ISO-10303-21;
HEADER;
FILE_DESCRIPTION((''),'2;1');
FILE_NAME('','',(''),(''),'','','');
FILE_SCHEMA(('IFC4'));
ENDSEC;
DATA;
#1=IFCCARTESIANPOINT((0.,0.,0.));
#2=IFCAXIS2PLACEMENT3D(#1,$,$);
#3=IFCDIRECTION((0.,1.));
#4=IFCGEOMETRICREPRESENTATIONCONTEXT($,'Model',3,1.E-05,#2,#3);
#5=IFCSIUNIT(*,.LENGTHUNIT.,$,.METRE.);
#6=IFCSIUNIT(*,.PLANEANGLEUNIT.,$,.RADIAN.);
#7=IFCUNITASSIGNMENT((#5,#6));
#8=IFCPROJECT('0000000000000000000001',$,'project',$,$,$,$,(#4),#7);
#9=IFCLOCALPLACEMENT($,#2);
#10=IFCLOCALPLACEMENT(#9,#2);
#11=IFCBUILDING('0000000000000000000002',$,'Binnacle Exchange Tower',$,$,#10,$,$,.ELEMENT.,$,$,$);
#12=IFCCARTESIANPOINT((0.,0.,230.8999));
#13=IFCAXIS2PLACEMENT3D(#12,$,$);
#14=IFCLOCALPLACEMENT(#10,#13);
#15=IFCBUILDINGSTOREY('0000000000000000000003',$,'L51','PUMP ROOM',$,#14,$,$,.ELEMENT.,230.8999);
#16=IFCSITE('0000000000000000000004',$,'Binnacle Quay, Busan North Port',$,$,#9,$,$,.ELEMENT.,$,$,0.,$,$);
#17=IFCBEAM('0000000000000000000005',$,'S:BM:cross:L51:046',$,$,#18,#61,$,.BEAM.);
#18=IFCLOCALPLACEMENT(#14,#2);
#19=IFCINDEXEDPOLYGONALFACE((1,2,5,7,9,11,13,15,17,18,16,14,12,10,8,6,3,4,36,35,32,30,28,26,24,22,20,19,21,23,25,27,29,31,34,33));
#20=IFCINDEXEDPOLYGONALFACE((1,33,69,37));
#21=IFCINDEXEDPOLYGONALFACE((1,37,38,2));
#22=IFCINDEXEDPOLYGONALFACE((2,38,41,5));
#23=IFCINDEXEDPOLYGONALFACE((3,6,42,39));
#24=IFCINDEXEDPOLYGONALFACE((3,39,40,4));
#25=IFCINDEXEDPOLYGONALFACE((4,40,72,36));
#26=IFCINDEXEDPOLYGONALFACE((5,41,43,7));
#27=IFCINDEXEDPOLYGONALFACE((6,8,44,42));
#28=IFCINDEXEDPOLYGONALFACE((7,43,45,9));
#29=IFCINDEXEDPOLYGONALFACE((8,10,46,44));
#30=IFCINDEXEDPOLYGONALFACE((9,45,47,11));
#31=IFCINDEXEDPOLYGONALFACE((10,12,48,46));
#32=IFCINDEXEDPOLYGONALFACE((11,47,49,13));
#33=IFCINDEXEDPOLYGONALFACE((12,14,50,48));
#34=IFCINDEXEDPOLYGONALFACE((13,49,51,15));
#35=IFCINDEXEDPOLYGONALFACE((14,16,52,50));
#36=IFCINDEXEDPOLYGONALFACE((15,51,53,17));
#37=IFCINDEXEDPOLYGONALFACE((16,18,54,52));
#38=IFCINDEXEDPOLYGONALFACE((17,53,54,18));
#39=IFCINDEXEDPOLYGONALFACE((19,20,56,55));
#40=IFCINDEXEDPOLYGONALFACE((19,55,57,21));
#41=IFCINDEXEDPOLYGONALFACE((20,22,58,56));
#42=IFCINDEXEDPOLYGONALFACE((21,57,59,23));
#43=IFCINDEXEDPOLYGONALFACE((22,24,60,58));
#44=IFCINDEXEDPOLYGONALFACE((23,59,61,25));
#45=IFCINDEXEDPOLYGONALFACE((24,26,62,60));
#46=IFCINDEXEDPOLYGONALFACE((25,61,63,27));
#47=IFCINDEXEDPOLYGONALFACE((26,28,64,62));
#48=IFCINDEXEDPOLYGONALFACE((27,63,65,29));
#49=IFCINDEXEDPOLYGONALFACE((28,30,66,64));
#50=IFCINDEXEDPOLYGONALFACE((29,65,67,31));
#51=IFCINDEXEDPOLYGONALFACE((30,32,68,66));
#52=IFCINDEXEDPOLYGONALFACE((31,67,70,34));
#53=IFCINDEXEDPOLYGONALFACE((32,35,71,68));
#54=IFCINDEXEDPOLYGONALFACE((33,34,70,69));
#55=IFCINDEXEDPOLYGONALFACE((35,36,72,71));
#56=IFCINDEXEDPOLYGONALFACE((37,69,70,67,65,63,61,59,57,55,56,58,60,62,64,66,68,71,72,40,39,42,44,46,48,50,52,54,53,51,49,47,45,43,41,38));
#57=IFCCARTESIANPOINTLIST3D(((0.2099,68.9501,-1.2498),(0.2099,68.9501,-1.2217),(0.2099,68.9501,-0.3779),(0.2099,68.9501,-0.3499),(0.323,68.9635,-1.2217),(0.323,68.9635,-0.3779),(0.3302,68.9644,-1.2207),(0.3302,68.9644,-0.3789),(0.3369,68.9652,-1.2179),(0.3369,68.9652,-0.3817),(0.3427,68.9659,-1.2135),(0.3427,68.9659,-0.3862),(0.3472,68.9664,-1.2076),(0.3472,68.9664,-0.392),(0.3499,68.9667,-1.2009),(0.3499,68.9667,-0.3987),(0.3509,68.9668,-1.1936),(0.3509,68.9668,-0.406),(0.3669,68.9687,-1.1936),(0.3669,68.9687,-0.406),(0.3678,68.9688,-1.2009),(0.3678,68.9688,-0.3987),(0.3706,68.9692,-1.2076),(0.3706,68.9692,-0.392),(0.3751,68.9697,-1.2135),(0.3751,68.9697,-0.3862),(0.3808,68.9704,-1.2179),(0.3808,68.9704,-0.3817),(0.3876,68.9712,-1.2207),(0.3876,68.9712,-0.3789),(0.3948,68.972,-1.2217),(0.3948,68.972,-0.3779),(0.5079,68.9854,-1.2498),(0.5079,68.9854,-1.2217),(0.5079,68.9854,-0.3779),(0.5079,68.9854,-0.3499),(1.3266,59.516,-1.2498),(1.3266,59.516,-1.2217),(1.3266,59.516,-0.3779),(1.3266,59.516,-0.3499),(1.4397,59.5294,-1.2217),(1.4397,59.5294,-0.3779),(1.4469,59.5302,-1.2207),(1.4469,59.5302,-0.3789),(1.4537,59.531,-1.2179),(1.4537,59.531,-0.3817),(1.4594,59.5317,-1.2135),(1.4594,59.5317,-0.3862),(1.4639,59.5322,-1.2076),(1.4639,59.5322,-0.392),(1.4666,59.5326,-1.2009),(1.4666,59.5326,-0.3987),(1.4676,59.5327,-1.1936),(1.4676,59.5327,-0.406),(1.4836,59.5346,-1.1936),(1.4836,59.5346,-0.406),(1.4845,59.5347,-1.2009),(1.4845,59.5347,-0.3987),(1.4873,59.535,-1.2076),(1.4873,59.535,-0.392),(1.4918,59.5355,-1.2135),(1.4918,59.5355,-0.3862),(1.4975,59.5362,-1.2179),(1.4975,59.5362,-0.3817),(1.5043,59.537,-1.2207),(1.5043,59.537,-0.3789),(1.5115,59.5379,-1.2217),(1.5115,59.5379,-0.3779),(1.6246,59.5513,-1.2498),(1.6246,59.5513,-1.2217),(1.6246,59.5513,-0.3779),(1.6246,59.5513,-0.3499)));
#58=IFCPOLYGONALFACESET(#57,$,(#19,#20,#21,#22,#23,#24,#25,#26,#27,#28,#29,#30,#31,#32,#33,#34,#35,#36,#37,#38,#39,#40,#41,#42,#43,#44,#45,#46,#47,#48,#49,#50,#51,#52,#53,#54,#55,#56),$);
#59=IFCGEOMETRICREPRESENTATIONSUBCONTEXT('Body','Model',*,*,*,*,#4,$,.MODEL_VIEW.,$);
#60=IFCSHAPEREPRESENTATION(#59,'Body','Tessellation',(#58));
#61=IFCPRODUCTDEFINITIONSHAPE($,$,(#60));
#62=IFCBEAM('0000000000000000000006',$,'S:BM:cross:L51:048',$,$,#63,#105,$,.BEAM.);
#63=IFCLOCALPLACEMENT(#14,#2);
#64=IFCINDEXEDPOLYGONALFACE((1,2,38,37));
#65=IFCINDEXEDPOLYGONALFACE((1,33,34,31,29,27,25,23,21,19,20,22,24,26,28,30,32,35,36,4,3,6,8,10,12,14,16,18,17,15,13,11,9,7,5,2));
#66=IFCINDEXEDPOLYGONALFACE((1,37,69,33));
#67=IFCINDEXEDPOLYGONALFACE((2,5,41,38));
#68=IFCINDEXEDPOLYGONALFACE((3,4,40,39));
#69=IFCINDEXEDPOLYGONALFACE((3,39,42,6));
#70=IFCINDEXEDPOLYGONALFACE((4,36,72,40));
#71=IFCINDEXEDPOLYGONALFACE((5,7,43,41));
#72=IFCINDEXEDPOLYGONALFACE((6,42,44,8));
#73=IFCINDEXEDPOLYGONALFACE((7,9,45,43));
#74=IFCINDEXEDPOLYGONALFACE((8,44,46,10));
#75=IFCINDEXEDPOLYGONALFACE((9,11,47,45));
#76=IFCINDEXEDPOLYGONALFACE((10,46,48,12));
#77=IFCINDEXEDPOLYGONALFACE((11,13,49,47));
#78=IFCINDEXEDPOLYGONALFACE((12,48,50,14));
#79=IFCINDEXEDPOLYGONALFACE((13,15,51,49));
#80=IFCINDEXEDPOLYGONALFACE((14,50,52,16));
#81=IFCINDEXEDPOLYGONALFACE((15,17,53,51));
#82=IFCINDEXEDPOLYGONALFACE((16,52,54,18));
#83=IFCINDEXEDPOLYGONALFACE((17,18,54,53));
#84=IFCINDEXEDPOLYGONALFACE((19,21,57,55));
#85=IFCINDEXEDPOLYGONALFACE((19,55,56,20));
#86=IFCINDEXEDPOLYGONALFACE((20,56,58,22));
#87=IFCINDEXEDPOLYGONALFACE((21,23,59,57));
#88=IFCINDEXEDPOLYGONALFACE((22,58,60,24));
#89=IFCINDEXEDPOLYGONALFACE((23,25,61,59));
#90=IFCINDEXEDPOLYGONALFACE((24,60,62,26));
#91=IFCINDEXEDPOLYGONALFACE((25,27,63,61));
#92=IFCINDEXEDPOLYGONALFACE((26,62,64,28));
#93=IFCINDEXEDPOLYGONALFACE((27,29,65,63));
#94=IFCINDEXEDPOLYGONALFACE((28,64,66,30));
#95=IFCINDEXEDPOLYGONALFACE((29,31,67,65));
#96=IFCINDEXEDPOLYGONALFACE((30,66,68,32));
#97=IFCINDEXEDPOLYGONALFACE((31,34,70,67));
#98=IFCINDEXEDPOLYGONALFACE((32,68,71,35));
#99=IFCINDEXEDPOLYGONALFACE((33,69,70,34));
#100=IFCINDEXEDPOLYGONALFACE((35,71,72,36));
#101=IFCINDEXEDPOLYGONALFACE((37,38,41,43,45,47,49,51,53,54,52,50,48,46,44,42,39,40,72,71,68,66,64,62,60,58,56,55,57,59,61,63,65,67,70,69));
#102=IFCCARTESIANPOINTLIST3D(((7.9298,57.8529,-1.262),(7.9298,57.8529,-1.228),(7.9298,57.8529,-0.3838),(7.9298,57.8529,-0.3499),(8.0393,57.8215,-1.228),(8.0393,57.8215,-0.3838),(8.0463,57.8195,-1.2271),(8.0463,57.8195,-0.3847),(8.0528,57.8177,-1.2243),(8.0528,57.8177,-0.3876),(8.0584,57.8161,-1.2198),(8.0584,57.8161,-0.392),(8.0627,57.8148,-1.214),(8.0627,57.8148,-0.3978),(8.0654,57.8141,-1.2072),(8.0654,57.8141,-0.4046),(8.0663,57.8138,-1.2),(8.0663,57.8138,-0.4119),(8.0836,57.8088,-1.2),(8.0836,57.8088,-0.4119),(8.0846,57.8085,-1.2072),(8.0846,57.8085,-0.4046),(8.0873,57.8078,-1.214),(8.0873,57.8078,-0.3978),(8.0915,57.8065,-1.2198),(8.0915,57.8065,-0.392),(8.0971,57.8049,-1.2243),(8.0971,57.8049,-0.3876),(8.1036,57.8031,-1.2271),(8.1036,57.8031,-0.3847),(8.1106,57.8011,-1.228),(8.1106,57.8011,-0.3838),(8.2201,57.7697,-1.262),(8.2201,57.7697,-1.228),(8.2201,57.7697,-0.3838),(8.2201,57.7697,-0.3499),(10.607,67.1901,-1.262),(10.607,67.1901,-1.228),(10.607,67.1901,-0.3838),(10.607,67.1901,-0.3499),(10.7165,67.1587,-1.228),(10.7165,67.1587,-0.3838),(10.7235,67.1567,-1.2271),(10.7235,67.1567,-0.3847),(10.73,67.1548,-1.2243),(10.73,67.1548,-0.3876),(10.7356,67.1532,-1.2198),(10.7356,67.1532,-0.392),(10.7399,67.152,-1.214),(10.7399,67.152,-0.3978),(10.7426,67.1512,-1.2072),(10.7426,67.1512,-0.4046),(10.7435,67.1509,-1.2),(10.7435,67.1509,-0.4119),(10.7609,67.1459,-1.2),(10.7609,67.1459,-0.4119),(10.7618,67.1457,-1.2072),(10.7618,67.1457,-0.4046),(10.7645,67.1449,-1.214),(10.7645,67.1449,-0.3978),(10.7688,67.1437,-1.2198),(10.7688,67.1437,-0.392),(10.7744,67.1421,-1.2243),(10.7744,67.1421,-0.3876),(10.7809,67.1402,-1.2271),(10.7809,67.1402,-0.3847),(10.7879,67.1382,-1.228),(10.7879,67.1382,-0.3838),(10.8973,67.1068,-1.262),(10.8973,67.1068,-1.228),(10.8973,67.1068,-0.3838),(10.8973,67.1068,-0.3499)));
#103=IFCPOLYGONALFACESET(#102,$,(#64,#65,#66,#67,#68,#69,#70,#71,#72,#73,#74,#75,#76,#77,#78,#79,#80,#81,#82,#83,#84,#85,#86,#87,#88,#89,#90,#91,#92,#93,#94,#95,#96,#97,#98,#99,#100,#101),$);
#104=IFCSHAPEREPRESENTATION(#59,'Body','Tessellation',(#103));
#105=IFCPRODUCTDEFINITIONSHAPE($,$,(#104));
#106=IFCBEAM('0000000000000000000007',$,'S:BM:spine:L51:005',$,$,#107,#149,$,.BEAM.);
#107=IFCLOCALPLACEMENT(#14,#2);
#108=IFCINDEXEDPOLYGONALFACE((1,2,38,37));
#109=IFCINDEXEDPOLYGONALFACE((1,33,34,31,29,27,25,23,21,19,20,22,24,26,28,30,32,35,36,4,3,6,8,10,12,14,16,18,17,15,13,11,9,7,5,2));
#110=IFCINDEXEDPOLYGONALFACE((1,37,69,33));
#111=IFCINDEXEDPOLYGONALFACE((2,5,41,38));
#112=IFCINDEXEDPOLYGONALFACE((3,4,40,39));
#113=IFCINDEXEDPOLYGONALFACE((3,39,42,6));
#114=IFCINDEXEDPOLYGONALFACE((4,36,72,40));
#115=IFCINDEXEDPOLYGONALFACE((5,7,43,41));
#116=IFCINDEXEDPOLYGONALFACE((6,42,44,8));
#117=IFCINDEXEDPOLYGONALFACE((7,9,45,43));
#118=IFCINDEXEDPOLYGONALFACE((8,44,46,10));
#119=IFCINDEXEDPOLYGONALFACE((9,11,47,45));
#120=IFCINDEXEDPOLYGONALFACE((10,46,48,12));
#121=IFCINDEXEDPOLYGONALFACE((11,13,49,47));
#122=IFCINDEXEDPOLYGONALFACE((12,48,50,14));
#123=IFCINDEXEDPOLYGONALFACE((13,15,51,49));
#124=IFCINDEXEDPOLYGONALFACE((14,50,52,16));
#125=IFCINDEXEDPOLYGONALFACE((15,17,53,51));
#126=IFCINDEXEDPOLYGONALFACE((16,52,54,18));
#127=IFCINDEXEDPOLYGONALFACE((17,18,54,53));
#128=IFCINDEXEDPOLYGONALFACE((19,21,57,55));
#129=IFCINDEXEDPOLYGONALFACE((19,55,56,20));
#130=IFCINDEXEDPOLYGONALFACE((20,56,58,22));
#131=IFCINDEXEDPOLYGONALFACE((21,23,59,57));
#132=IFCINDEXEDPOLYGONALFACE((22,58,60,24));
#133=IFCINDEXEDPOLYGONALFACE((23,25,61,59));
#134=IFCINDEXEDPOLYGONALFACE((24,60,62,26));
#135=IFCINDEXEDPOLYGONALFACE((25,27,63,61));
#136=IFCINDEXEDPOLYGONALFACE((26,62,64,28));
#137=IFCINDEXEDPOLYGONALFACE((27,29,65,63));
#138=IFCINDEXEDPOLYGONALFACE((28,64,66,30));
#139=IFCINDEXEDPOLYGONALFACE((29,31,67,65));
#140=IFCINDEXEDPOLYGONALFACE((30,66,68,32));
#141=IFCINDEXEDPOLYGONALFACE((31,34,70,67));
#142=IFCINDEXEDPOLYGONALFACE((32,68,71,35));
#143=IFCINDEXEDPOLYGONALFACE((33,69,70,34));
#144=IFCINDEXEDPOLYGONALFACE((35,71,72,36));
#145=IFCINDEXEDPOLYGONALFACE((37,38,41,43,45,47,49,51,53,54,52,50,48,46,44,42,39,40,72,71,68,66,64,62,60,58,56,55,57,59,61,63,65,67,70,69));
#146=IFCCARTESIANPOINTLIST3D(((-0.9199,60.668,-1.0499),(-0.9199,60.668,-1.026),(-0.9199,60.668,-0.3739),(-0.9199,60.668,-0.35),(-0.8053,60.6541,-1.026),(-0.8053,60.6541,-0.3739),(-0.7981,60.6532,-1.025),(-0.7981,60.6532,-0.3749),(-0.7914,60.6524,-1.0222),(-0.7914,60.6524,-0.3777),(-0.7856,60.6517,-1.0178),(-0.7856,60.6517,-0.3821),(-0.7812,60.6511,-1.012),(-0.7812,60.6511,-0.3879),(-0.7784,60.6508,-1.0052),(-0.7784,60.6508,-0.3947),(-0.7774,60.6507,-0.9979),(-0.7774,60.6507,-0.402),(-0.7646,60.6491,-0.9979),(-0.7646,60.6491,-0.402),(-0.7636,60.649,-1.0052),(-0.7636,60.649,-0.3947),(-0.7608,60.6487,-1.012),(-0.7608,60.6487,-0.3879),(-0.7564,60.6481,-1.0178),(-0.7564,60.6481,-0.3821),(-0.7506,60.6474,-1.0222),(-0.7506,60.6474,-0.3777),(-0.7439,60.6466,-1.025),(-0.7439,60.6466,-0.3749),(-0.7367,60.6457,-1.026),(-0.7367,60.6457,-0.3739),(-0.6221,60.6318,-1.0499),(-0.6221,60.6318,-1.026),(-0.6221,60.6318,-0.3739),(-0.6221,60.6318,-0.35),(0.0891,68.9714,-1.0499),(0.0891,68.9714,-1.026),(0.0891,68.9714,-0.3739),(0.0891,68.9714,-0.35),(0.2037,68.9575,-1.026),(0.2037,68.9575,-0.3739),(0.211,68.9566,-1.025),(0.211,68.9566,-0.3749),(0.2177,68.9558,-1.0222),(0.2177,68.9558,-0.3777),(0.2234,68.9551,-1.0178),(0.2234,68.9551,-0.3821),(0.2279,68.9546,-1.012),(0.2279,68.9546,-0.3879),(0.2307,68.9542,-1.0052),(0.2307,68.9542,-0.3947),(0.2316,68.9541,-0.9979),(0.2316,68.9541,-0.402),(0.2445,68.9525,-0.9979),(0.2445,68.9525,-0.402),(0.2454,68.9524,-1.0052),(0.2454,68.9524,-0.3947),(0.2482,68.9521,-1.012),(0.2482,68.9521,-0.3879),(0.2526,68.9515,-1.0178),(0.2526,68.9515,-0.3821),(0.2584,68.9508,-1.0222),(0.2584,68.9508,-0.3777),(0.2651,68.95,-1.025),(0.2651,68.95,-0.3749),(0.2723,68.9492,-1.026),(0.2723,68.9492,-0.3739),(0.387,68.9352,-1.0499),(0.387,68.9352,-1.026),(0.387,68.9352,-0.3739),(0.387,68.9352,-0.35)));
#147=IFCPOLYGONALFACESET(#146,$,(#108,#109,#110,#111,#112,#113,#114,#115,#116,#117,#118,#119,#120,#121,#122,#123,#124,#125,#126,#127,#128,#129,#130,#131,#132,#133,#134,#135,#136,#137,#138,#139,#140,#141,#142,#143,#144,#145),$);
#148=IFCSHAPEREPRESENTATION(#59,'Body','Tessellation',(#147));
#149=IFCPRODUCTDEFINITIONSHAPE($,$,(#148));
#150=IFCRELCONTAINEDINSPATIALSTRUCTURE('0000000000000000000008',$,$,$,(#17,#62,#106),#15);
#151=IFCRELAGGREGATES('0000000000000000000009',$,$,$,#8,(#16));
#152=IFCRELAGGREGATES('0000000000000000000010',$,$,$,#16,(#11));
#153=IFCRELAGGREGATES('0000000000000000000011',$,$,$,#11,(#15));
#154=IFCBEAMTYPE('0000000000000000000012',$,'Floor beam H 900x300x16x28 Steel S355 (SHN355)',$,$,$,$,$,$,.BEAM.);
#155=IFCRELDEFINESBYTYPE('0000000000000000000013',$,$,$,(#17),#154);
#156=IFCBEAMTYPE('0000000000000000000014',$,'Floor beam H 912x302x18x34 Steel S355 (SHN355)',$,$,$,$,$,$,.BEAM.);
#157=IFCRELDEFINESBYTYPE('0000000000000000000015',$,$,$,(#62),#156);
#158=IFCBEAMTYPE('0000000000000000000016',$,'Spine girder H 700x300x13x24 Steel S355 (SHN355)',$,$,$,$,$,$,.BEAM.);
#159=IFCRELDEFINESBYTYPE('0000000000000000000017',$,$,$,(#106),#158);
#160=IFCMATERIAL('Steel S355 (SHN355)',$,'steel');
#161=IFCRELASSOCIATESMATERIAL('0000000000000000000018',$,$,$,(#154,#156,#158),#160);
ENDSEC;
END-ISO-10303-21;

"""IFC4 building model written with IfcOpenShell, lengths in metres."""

from ifc_helpers import new_model, si_unit, direction, frame, origin, origin_2d, place, context, subcontext, project, spatial, i_section, extrude, material, material_profile, profile_set, type_object, element, save


model = new_model("IFC4")

# Units and contexts
model_context = context("Model", 3, precision=1e-05, world=origin(), true_north=direction((0.0, 1.0)))
body_context = subcontext(model_context, "Body", "Model", "MODEL_VIEW")
ifc_project = project(units=[si_unit("LENGTHUNIT", "METRE"), si_unit("PLANEANGLEUNIT", "RADIAN")], contexts=[model_context])

# Site, building, storey
site_placement = place(None, origin())
site = spatial("IfcSite", under=ifc_project, at=site_placement, Name="Binnacle Quay, Busan North Port", CompositionType="ELEMENT", RefElevation=0.0)
building_placement = place(site_placement, origin())
building = spatial("IfcBuilding", under=site, at=building_placement, Name="Binnacle Exchange Tower", CompositionType="ELEMENT")
storey_placement = place(building_placement, frame((0.0, 0.0, 230.8999)))
storey = spatial("IfcBuildingStorey", under=building, at=storey_placement, Name="L51", Description="PUMP ROOM", CompositionType="ELEMENT", Elevation=230.8999)

# Beams
ifc_material_1 = material(Name="Steel S355 (SHN355)", Category="steel")
ifc_material_profile_1 = material_profile(ifc_material_1, i_section(OverallWidth=0.3, OverallDepth=0.8999, WebThickness=0.0161, FlangeThickness=0.0281, FilletRadius=0.0281, at=origin_2d()), Name="H 900x300x16x28")
ifc_profile_set_1 = profile_set([ifc_material_profile_1], Name="Steel S355 (SHN355)")
beam_type_1 = type_object("IfcBeamType", Name="Floor beam H 900x300x16x28 Steel S355 (SHN355)", PredefinedType="BEAM", material=ifc_profile_set_1)
beam_1_placement = place(storey_placement, frame((0.3589, 68.9678, -0.7998), z_axis=(0.117548, -0.993067, 0.0), x_axis=(0.993067, 0.117548, 0.0)))
element("IfcBeam", 1, at=beam_1_placement, inside=storey, type_object=beam_type_1, Name="S:BM:cross:L51:046", PredefinedType="BEAM", context=body_context, shape_type="SweptSolid", body=[
    extrude(i_section(OverallWidth=0.3, OverallDepth=0.8999, WebThickness=0.0161, FlangeThickness=0.0281, FilletRadius=0.0281, at=origin_2d()), origin(), (0.0, 0.0, 1.0), 9.5),
])
ifc_material_profile_2 = material_profile(ifc_material_1, i_section(OverallWidth=0.302, OverallDepth=0.9121, WebThickness=0.0181, FlangeThickness=0.0339, FilletRadius=0.0281, at=origin_2d()), Name="H 912x302x18x34")
ifc_profile_set_2 = profile_set([ifc_material_profile_2], Name="Steel S355 (SHN355)")
beam_type_2 = type_object("IfcBeamType", Name="Floor beam H 912x302x18x34 Steel S355 (SHN355)", PredefinedType="BEAM", material=ifc_profile_set_2)
beam_2_placement = place(storey_placement, frame((10.7522, 67.1484, -0.8059), z_axis=(-0.275624, -0.961266, 0.0), x_axis=(0.961266, -0.275624, 0.0)))
element("IfcBeam", 2, at=beam_2_placement, inside=storey, type_object=beam_type_2, Name="S:BM:cross:L51:048", PredefinedType="BEAM", context=body_context, shape_type="SweptSolid", body=[
    extrude(i_section(OverallWidth=0.302, OverallDepth=0.9121, WebThickness=0.0181, FlangeThickness=0.0339, FilletRadius=0.0281, at=origin_2d()), origin(), (0.0, 0.0, 1.0), 9.7134),
])
ifc_material_profile_3 = material_profile(ifc_material_1, i_section(OverallWidth=0.3, OverallDepth=0.7, WebThickness=0.0129, FlangeThickness=0.0239, FilletRadius=0.0281, at=origin_2d()), Name="H 700x300x13x24")
ifc_profile_set_3 = profile_set([ifc_material_profile_3], Name="Steel S355 (SHN355)")
beam_type_3 = type_object("IfcBeamType", Name="Spine girder H 700x300x13x24 Steel S355 (SHN355)", PredefinedType="BEAM", material=ifc_profile_set_3)
beam_3_placement = place(storey_placement, frame((-0.771, 60.6499, -0.7), z_axis=(0.120632, 0.992697, 0.0), x_axis=(-0.992697, 0.120632, 0.0)))
element("IfcBeam", 3, at=beam_3_placement, inside=storey, type_object=beam_type_3, Name="S:BM:spine:L51:005", PredefinedType="BEAM", context=body_context, shape_type="SweptSolid", body=[
    extrude(i_section(OverallWidth=0.3, OverallDepth=0.7, WebThickness=0.0129, FlangeThickness=0.0239, FilletRadius=0.0281, at=origin_2d()), origin(), (0.0, 0.0, 1.0), 8.3645),
])

save(model, "model.ifc")
